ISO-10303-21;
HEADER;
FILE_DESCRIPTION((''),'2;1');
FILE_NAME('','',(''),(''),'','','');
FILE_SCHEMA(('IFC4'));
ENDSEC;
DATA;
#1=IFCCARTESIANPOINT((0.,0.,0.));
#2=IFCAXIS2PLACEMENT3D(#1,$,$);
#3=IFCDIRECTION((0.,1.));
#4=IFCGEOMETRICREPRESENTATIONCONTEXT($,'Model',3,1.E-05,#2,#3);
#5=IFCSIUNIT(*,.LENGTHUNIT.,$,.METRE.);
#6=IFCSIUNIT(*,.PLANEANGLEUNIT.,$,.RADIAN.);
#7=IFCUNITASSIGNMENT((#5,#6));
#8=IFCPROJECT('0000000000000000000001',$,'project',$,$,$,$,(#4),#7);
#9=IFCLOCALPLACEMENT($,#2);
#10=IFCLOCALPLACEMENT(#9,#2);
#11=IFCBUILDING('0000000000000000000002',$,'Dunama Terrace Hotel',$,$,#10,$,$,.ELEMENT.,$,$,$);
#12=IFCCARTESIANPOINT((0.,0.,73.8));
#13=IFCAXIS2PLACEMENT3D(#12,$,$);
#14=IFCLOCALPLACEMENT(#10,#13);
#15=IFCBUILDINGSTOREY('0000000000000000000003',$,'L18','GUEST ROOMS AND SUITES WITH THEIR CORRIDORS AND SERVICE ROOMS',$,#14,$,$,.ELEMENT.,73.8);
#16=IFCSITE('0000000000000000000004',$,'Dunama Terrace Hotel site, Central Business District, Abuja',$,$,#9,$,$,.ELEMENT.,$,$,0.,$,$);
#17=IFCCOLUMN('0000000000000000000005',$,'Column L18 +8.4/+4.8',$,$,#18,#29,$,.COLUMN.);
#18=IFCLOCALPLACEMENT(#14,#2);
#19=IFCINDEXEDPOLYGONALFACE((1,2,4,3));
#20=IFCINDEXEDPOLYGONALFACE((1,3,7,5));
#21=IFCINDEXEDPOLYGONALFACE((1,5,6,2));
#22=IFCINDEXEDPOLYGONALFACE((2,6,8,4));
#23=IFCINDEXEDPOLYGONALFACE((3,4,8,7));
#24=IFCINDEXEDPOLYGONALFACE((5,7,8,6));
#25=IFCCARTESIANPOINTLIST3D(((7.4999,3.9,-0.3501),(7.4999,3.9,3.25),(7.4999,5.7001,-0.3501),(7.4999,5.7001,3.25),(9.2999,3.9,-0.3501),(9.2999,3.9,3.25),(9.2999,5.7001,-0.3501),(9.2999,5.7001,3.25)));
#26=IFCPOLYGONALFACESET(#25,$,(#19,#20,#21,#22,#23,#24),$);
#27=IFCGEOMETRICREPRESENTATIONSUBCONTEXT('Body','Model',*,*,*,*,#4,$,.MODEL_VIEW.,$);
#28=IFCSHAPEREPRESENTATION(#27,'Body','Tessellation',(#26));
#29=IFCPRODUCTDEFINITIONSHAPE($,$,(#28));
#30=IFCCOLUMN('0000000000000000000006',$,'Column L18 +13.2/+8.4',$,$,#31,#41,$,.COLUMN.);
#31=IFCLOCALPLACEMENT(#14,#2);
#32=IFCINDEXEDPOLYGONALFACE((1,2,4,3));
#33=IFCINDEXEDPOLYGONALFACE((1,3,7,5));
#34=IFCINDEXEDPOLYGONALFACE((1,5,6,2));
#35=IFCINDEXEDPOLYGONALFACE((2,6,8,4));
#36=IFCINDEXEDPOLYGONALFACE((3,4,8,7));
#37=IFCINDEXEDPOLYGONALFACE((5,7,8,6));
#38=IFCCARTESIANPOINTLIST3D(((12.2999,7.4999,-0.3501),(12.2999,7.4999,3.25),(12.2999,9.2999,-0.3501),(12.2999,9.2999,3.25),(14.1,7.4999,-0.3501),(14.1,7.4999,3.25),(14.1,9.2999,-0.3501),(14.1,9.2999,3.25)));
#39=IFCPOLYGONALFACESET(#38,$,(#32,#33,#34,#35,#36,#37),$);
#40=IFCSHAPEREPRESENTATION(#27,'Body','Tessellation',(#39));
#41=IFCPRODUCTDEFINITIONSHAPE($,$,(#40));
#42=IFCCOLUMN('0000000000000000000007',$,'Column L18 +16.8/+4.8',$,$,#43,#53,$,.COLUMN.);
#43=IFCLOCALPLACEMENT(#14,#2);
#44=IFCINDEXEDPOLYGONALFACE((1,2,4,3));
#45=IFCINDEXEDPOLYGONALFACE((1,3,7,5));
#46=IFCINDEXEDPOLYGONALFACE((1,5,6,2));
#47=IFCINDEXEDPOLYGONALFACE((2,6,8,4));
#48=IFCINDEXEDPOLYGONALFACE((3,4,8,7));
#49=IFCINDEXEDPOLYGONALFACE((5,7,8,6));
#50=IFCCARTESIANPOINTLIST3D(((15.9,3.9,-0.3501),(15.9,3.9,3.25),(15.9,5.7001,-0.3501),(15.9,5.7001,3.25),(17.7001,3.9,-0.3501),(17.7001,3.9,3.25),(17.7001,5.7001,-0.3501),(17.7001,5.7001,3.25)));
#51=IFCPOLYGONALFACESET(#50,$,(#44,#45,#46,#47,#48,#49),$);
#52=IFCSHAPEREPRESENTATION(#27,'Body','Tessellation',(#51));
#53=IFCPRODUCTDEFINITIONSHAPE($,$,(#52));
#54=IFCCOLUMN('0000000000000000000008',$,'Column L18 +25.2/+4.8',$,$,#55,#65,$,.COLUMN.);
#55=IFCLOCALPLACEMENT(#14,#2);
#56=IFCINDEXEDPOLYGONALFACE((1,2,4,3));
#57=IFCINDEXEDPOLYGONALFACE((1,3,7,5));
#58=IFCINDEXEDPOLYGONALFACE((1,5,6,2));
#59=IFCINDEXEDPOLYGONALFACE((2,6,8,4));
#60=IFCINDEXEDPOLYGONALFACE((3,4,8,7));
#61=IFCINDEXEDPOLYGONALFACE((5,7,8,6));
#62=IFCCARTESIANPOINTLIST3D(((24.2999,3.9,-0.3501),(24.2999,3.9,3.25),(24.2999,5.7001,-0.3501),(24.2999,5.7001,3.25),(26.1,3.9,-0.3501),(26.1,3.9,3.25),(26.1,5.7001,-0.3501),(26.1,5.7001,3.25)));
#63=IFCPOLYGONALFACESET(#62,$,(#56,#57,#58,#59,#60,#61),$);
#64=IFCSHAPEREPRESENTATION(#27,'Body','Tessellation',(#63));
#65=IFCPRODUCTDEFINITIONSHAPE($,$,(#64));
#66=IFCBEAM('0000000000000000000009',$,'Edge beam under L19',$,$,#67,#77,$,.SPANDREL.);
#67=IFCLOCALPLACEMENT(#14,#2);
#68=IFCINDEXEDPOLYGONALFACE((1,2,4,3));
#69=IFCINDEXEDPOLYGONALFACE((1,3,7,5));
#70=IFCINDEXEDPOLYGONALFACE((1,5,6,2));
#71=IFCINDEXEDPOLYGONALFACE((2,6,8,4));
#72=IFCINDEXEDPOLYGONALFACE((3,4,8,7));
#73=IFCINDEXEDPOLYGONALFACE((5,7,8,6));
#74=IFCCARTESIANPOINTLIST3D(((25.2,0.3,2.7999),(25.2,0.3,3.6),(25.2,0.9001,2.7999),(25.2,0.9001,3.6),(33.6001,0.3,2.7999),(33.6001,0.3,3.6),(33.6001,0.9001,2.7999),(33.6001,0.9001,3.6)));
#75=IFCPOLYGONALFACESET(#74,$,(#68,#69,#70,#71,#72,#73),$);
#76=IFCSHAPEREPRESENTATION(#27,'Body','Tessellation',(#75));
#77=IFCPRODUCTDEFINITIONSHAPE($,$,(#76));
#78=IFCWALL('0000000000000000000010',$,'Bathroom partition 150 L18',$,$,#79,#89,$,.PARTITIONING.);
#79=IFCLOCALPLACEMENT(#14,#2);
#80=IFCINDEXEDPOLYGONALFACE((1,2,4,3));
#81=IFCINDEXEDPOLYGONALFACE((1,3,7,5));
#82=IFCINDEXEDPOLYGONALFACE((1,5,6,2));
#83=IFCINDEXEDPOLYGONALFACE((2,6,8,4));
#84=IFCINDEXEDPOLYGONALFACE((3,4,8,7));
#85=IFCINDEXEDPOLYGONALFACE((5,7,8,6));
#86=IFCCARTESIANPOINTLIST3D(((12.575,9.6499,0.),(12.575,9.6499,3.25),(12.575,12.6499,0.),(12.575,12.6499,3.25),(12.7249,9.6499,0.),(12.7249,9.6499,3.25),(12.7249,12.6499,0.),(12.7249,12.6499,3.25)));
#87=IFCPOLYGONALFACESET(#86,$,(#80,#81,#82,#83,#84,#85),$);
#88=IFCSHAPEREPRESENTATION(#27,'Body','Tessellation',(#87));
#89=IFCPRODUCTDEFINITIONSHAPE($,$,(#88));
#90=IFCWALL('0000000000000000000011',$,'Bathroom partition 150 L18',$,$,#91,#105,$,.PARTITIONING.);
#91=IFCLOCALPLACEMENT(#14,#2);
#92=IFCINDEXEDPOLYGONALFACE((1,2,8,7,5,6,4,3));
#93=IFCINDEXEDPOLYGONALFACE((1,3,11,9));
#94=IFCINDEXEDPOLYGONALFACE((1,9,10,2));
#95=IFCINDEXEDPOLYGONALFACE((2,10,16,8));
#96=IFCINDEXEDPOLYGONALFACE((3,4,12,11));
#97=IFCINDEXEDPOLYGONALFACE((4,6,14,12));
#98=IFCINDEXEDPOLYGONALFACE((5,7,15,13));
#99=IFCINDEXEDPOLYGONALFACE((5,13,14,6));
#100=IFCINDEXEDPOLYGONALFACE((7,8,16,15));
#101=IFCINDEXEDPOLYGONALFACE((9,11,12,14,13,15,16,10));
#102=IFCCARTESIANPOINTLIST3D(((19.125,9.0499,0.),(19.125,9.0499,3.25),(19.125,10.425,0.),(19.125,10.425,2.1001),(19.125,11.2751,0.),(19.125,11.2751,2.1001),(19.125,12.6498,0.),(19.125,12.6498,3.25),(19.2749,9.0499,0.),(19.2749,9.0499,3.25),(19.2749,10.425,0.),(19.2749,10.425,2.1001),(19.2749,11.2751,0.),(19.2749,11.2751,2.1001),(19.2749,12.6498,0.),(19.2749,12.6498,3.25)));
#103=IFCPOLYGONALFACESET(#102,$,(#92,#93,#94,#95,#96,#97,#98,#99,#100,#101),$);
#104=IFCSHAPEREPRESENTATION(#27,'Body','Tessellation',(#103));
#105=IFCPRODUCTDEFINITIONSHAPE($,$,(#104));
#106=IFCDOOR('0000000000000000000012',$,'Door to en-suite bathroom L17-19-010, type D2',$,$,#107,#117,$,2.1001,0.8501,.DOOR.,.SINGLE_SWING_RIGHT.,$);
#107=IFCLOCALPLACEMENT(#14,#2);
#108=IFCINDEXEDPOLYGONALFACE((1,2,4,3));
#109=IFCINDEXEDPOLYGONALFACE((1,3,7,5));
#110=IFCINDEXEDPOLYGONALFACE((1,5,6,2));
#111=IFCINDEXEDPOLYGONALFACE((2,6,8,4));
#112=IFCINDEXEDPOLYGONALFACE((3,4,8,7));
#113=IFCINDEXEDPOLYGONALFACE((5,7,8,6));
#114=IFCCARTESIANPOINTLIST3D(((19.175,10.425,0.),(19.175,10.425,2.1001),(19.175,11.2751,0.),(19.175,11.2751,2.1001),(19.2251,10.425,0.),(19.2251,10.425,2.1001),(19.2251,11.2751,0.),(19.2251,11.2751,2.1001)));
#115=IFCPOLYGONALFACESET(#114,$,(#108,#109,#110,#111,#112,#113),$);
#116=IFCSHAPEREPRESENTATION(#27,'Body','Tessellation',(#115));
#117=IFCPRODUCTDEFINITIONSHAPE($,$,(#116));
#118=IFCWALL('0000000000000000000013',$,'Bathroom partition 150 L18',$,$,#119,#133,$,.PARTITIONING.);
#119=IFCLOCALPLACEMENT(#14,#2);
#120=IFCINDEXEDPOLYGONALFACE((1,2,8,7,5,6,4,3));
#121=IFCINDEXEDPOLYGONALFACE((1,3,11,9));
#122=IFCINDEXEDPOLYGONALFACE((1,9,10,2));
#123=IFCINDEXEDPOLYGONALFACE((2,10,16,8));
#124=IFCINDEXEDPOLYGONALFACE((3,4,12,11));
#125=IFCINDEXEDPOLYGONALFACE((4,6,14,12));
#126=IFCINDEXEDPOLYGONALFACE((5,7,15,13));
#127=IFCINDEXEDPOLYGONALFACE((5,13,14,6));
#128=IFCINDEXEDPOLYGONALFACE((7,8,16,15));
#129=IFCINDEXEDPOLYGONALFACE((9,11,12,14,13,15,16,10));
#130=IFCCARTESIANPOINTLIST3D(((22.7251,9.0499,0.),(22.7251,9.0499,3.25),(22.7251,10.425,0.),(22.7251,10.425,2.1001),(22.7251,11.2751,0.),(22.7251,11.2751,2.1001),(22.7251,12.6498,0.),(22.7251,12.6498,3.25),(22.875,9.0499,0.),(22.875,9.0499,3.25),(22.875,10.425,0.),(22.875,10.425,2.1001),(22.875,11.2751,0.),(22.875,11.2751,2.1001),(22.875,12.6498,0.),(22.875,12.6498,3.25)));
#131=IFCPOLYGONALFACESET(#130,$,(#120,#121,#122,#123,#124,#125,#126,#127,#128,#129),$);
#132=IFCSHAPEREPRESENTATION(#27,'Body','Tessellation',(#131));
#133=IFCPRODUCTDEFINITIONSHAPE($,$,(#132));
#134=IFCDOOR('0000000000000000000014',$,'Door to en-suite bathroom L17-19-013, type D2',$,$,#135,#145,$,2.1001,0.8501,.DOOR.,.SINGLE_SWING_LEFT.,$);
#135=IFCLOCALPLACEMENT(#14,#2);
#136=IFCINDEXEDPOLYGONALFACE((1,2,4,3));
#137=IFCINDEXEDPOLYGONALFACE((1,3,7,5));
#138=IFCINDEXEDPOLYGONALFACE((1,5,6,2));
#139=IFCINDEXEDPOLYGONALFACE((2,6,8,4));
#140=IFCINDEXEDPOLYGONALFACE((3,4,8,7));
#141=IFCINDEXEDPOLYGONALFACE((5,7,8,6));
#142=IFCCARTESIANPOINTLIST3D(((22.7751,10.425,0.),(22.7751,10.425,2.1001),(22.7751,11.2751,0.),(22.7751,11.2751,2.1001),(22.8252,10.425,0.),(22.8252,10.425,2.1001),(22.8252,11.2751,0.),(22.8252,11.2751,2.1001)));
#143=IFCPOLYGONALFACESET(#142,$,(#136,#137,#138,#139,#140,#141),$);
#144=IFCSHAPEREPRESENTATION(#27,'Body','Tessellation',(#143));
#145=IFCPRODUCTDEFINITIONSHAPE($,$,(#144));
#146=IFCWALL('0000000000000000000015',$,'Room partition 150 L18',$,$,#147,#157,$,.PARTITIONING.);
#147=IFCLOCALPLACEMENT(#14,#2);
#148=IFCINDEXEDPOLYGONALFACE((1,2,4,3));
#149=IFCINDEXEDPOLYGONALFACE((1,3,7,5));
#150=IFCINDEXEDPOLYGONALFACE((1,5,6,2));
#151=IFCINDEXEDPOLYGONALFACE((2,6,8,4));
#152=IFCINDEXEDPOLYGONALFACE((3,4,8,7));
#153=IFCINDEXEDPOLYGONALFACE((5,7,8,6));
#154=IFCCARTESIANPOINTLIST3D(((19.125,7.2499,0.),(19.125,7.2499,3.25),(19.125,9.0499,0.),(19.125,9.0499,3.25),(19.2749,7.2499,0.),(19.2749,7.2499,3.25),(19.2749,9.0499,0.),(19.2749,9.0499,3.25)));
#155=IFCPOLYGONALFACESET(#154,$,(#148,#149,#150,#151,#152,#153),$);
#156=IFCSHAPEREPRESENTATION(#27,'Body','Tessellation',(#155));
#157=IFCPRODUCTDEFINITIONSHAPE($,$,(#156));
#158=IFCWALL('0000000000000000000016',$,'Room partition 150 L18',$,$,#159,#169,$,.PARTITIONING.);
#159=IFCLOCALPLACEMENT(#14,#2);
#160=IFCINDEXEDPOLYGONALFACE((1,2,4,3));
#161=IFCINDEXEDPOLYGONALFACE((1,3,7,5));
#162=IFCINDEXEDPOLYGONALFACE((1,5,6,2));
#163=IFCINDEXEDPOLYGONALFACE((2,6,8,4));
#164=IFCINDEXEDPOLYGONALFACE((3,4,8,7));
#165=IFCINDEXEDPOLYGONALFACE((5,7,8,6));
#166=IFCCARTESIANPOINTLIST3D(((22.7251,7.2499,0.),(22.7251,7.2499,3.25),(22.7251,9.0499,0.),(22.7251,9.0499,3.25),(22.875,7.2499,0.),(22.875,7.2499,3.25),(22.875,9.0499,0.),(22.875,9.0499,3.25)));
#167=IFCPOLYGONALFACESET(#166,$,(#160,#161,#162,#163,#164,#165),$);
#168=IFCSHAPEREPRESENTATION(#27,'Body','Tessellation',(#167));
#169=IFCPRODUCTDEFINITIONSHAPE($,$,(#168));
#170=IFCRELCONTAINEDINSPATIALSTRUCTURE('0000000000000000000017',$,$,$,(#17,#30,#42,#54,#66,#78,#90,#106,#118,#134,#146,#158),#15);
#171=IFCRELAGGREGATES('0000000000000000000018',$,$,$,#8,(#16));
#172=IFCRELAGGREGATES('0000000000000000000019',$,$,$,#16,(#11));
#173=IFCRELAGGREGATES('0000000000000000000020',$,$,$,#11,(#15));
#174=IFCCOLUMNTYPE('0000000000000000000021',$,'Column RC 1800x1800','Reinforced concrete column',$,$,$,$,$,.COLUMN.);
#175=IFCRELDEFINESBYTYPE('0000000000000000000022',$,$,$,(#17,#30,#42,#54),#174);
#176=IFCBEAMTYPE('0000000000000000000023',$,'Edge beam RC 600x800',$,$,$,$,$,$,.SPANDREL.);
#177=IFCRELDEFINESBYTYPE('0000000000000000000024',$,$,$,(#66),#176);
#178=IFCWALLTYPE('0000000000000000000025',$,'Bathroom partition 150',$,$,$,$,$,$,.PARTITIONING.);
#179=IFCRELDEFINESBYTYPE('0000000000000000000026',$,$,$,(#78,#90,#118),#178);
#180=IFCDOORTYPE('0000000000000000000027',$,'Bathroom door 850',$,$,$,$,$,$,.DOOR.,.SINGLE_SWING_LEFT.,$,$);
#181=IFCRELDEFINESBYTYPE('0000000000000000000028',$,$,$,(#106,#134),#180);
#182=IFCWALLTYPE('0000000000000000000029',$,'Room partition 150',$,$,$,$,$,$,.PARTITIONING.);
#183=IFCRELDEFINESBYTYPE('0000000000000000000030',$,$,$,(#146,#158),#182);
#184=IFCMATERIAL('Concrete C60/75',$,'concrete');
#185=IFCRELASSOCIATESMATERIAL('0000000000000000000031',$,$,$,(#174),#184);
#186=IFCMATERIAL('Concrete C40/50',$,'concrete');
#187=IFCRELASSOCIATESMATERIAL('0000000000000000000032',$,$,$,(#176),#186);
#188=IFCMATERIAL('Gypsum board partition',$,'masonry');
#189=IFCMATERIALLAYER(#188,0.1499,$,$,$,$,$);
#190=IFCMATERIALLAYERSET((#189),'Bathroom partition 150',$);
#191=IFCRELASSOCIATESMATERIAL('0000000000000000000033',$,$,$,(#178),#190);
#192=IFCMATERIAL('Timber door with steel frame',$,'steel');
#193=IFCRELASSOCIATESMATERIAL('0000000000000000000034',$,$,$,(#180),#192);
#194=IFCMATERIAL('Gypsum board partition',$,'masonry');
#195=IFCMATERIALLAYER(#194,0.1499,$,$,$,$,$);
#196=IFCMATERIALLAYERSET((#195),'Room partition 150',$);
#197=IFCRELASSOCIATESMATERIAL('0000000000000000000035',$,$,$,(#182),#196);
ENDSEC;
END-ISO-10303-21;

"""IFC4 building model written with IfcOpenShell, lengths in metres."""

from ifc_helpers import new_model, si_unit, direction, frame, frame_2d, origin, origin_2d, place, context, subcontext, project, spatial, rectangle, extrude, material, layer, layer_set, material_profile, profile_set, type_object, element, fill, save


model = new_model("IFC4")

# Units and contexts
model_context = context("Model", 3, precision=1e-05, world=origin(), true_north=direction((0.0, 1.0)))
body_context = subcontext(model_context, "Body", "Model", "MODEL_VIEW")
ifc_project = project(units=[si_unit("LENGTHUNIT", "METRE"), si_unit("PLANEANGLEUNIT", "RADIAN")], contexts=[model_context])

# Site, building, storey
site_placement = place(None, origin())
site = spatial("IfcSite", under=ifc_project, at=site_placement, Name="Dunama Terrace Hotel site, Central Business District, Abuja", CompositionType="ELEMENT", RefElevation=0.0)
building_placement = place(site_placement, origin())
building = spatial("IfcBuilding", under=site, at=building_placement, Name="Dunama Terrace Hotel", CompositionType="ELEMENT")
storey_placement = place(building_placement, frame((0.0, 0.0, 73.8)))
storey = spatial("IfcBuildingStorey", under=building, at=storey_placement, Name="L18", Description="GUEST ROOMS AND SUITES WITH THEIR CORRIDORS AND SERVICE ROOMS", CompositionType="ELEMENT", Elevation=73.8)

# Columns
ifc_material_1 = material(Name="Concrete C60/75", Category="concrete")
ifc_material_profile_1 = material_profile(ifc_material_1, rectangle(XDim=1.8, YDim=1.8, at=origin_2d()), Name="RC 1800x1800")
ifc_profile_set_1 = profile_set([ifc_material_profile_1], Name="Concrete C60/75")
column_type = type_object("IfcColumnType", Name="Column RC 1800x1800", Description="Reinforced concrete column", PredefinedType="COLUMN", material=ifc_profile_set_1)
for number, where, z_axis, x_axis, name in (
    (1, (8.3999, 4.8, -0.3501), (0.0, 0.0, 1.0), (1.0, 0.0, 0.0), "Column L18 +8.4/+4.8"),
    (2, (13.2, 8.3999, -0.3501), (0.0, 0.0, 1.0), (1.0, 0.0, 0.0), "Column L18 +13.2/+8.4"),
    (3, (16.8, 4.8, -0.3501), (0.0, 0.0, 1.0), (1.0, 0.0, 0.0), "Column L18 +16.8/+4.8"),
    (4, (25.2, 4.8, -0.3501), (0.0, 0.0, 1.0), (1.0, 0.0, 0.0), "Column L18 +25.2/+4.8"),
):
    element("IfcColumn", number, at=place(storey_placement, frame(where, z_axis=z_axis, x_axis=x_axis)), inside=storey, type_object=column_type, Name=name, PredefinedType="COLUMN", context=body_context, shape_type="SweptSolid", body=[
        extrude(rectangle(XDim=1.8, YDim=1.8, at=origin_2d()), origin(), (0.0, 0.0, 1.0), 3.6001),
    ])

# Beam
ifc_material_2 = material(Name="Concrete C40/50", Category="concrete")
ifc_material_profile_2 = material_profile(ifc_material_2, rectangle(XDim=0.6001, YDim=0.8, at=origin_2d()), Name="RC 600x800")
ifc_profile_set_2 = profile_set([ifc_material_profile_2], Name="Concrete C40/50")
beam_type = type_object("IfcBeamType", Name="Edge beam RC 600x800", PredefinedType="SPANDREL", material=ifc_profile_set_2)
beam_placement = place(storey_placement, frame((25.2, 0.6001, 3.2), z_axis=(1.0, 0.0, 0.0), x_axis=(0.0, 1.0, 0.0)))
element("IfcBeam", 5, at=beam_placement, inside=storey, type_object=beam_type, Name="Edge beam under L19", PredefinedType="SPANDREL", context=body_context, shape_type="SweptSolid", body=[
    extrude(rectangle(XDim=0.6001, YDim=0.8, at=origin_2d()), origin(), (0.0, 0.0, 1.0), 8.4001),
])

# Wall
ifc_material_3 = material(Name="Gypsum board partition", Category="masonry")
ifc_layer_1 = layer(ifc_material_3, 0.1499)
ifc_layer_set_1 = layer_set([ifc_layer_1], Name="Bathroom partition 150")
wall_type_1 = type_object("IfcWallType", Name="Bathroom partition 150", PredefinedType="PARTITIONING", material=ifc_layer_set_1)
wall_1_placement = place(storey_placement, frame((12.6499, 9.6499, 0.0), z_axis=(0.0, 0.0, 1.0), x_axis=(0.0, 1.0, 0.0)))
element("IfcWall", 6, at=wall_1_placement, inside=storey, type_object=wall_type_1, Name="Bathroom partition 150 L18", PredefinedType="PARTITIONING", context=body_context, shape_type="SweptSolid", body=[
    extrude(rectangle(XDim=3.0, YDim=0.1499, at=frame_2d((1.5, 0.0))), origin(), (0.0, 0.0, 1.0), 3.25),
])

# Walls, openings, doors
wall_2_placement = place(storey_placement, frame((19.2, 9.05, 0.0), z_axis=(0.0, 0.0, 1.0), x_axis=(0.0, 1.0, 0.0)))
wall_2 = element("IfcWall", 7, at=wall_2_placement, inside=storey, type_object=wall_type_1, Name="Bathroom partition 150 L18", PredefinedType="PARTITIONING", context=body_context, shape_type="SweptSolid", body=[
    extrude(rectangle(XDim=3.5999, YDim=0.1499, at=frame_2d((1.7998, 0.0))), origin(), (0.0, 0.0, 1.0), 3.25),
])
opening_1_placement = place(wall_2_placement, frame((1.375, 0.0, 0.0)))
opening_1 = element("IfcOpeningElement", 8, at=opening_1_placement, cuts=wall_2, PredefinedType="OPENING", context=body_context, shape_type="SweptSolid", body=[
    extrude(rectangle(XDim=0.8501, YDim=2.1001, at=frame_2d((0.425, 1.05))), frame((0.0, 0.085, 0.0), z_axis=(0.0, -1.0, 0.0), x_axis=(1.0, 0.0, 0.0)), (0.0, 0.0, 1.0), 0.1699),
])
ifc_material_4 = material(Name="Timber door with steel frame", Category="steel")
door_type_1 = type_object("IfcDoorType", Name="Bathroom door 850", OperationType="SINGLE_SWING_LEFT", PredefinedType="DOOR", material=ifc_material_4)
door_1_placement = place(opening_1_placement, origin())
door_1 = element("IfcDoor", 9, at=door_1_placement, inside=storey, type_object=door_type_1, Name="Door to en-suite bathroom L17-19-010, type D2", OperationType="SINGLE_SWING_RIGHT", OverallHeight=2.1001, OverallWidth=0.8501, PredefinedType="DOOR", context=body_context, shape_type="SweptSolid", body=[
    extrude(rectangle(XDim=0.8501, YDim=2.1001, at=frame_2d((0.425, 1.05))), frame((0.0, 0.0249, 0.0), z_axis=(0.0, -1.0, 0.0), x_axis=(1.0, 0.0, 0.0)), (0.0, 0.0, 1.0), 0.05),
])
fill(opening_1, door_1)
wall_3_placement = place(storey_placement, frame((22.8, 9.05, 0.0), z_axis=(0.0, 0.0, 1.0), x_axis=(0.0, 1.0, 0.0)))
wall_3 = element("IfcWall", 10, at=wall_3_placement, inside=storey, type_object=wall_type_1, Name="Bathroom partition 150 L18", PredefinedType="PARTITIONING", context=body_context, shape_type="SweptSolid", body=[
    extrude(rectangle(XDim=3.5999, YDim=0.1499, at=frame_2d((1.7998, 0.0))), origin(), (0.0, 0.0, 1.0), 3.25),
])
opening_2_placement = place(wall_3_placement, frame((1.375, 0.0, 0.0)))
opening_2 = element("IfcOpeningElement", 11, at=opening_2_placement, cuts=wall_3, PredefinedType="OPENING", context=body_context, shape_type="SweptSolid", body=[
    extrude(rectangle(XDim=0.8501, YDim=2.1001, at=frame_2d((0.425, 1.05))), frame((0.0, 0.085, 0.0), z_axis=(0.0, -1.0, 0.0), x_axis=(1.0, 0.0, 0.0)), (0.0, 0.0, 1.0), 0.1699),
])
door_2_placement = place(opening_2_placement, frame((0.8501, 0.0, 0.0), z_axis=(0.0, 0.0, 1.0), x_axis=(-1.0, 0.0, 0.0)))
door_2 = element("IfcDoor", 12, at=door_2_placement, inside=storey, type_object=door_type_1, Name="Door to en-suite bathroom L17-19-013, type D2", OperationType="SINGLE_SWING_LEFT", OverallHeight=2.1001, OverallWidth=0.8501, PredefinedType="DOOR", context=body_context, shape_type="SweptSolid", body=[
    extrude(rectangle(XDim=0.8501, YDim=2.1001, at=frame_2d((0.425, 1.05))), frame((0.0, 0.0251, 0.0), z_axis=(0.0, -1.0, 0.0), x_axis=(1.0, 0.0, 0.0)), (0.0, 0.0, 1.0), 0.05),
])
fill(opening_2, door_2)

# Walls
ifc_material_5 = material(Name="Gypsum board partition", Category="masonry")
ifc_layer_2 = layer(ifc_material_5, 0.1499)
ifc_layer_set_2 = layer_set([ifc_layer_2], Name="Room partition 150")
wall_type_2 = type_object("IfcWallType", Name="Room partition 150", PredefinedType="PARTITIONING", material=ifc_layer_set_2)
for number, where, z_axis, x_axis, name in (
    (13, (19.2, 7.25, 0.0), (0.0, 0.0, 1.0), (0.0, 1.0, 0.0), "Room partition 150 L18"),
    (14, (22.8, 7.25, 0.0), (0.0, 0.0, 1.0), (0.0, 1.0, 0.0), "Room partition 150 L18"),
):
    element("IfcWall", number, at=place(storey_placement, frame(where, z_axis=z_axis, x_axis=x_axis)), inside=storey, type_object=wall_type_2, Name=name, PredefinedType="PARTITIONING", context=body_context, shape_type="SweptSolid", body=[
        extrude(rectangle(XDim=1.8, YDim=0.1499, at=frame_2d((0.8999, 0.0))), origin(), (0.0, 0.0, 1.0), 3.25),
    ])

save(model, "model.ifc")
